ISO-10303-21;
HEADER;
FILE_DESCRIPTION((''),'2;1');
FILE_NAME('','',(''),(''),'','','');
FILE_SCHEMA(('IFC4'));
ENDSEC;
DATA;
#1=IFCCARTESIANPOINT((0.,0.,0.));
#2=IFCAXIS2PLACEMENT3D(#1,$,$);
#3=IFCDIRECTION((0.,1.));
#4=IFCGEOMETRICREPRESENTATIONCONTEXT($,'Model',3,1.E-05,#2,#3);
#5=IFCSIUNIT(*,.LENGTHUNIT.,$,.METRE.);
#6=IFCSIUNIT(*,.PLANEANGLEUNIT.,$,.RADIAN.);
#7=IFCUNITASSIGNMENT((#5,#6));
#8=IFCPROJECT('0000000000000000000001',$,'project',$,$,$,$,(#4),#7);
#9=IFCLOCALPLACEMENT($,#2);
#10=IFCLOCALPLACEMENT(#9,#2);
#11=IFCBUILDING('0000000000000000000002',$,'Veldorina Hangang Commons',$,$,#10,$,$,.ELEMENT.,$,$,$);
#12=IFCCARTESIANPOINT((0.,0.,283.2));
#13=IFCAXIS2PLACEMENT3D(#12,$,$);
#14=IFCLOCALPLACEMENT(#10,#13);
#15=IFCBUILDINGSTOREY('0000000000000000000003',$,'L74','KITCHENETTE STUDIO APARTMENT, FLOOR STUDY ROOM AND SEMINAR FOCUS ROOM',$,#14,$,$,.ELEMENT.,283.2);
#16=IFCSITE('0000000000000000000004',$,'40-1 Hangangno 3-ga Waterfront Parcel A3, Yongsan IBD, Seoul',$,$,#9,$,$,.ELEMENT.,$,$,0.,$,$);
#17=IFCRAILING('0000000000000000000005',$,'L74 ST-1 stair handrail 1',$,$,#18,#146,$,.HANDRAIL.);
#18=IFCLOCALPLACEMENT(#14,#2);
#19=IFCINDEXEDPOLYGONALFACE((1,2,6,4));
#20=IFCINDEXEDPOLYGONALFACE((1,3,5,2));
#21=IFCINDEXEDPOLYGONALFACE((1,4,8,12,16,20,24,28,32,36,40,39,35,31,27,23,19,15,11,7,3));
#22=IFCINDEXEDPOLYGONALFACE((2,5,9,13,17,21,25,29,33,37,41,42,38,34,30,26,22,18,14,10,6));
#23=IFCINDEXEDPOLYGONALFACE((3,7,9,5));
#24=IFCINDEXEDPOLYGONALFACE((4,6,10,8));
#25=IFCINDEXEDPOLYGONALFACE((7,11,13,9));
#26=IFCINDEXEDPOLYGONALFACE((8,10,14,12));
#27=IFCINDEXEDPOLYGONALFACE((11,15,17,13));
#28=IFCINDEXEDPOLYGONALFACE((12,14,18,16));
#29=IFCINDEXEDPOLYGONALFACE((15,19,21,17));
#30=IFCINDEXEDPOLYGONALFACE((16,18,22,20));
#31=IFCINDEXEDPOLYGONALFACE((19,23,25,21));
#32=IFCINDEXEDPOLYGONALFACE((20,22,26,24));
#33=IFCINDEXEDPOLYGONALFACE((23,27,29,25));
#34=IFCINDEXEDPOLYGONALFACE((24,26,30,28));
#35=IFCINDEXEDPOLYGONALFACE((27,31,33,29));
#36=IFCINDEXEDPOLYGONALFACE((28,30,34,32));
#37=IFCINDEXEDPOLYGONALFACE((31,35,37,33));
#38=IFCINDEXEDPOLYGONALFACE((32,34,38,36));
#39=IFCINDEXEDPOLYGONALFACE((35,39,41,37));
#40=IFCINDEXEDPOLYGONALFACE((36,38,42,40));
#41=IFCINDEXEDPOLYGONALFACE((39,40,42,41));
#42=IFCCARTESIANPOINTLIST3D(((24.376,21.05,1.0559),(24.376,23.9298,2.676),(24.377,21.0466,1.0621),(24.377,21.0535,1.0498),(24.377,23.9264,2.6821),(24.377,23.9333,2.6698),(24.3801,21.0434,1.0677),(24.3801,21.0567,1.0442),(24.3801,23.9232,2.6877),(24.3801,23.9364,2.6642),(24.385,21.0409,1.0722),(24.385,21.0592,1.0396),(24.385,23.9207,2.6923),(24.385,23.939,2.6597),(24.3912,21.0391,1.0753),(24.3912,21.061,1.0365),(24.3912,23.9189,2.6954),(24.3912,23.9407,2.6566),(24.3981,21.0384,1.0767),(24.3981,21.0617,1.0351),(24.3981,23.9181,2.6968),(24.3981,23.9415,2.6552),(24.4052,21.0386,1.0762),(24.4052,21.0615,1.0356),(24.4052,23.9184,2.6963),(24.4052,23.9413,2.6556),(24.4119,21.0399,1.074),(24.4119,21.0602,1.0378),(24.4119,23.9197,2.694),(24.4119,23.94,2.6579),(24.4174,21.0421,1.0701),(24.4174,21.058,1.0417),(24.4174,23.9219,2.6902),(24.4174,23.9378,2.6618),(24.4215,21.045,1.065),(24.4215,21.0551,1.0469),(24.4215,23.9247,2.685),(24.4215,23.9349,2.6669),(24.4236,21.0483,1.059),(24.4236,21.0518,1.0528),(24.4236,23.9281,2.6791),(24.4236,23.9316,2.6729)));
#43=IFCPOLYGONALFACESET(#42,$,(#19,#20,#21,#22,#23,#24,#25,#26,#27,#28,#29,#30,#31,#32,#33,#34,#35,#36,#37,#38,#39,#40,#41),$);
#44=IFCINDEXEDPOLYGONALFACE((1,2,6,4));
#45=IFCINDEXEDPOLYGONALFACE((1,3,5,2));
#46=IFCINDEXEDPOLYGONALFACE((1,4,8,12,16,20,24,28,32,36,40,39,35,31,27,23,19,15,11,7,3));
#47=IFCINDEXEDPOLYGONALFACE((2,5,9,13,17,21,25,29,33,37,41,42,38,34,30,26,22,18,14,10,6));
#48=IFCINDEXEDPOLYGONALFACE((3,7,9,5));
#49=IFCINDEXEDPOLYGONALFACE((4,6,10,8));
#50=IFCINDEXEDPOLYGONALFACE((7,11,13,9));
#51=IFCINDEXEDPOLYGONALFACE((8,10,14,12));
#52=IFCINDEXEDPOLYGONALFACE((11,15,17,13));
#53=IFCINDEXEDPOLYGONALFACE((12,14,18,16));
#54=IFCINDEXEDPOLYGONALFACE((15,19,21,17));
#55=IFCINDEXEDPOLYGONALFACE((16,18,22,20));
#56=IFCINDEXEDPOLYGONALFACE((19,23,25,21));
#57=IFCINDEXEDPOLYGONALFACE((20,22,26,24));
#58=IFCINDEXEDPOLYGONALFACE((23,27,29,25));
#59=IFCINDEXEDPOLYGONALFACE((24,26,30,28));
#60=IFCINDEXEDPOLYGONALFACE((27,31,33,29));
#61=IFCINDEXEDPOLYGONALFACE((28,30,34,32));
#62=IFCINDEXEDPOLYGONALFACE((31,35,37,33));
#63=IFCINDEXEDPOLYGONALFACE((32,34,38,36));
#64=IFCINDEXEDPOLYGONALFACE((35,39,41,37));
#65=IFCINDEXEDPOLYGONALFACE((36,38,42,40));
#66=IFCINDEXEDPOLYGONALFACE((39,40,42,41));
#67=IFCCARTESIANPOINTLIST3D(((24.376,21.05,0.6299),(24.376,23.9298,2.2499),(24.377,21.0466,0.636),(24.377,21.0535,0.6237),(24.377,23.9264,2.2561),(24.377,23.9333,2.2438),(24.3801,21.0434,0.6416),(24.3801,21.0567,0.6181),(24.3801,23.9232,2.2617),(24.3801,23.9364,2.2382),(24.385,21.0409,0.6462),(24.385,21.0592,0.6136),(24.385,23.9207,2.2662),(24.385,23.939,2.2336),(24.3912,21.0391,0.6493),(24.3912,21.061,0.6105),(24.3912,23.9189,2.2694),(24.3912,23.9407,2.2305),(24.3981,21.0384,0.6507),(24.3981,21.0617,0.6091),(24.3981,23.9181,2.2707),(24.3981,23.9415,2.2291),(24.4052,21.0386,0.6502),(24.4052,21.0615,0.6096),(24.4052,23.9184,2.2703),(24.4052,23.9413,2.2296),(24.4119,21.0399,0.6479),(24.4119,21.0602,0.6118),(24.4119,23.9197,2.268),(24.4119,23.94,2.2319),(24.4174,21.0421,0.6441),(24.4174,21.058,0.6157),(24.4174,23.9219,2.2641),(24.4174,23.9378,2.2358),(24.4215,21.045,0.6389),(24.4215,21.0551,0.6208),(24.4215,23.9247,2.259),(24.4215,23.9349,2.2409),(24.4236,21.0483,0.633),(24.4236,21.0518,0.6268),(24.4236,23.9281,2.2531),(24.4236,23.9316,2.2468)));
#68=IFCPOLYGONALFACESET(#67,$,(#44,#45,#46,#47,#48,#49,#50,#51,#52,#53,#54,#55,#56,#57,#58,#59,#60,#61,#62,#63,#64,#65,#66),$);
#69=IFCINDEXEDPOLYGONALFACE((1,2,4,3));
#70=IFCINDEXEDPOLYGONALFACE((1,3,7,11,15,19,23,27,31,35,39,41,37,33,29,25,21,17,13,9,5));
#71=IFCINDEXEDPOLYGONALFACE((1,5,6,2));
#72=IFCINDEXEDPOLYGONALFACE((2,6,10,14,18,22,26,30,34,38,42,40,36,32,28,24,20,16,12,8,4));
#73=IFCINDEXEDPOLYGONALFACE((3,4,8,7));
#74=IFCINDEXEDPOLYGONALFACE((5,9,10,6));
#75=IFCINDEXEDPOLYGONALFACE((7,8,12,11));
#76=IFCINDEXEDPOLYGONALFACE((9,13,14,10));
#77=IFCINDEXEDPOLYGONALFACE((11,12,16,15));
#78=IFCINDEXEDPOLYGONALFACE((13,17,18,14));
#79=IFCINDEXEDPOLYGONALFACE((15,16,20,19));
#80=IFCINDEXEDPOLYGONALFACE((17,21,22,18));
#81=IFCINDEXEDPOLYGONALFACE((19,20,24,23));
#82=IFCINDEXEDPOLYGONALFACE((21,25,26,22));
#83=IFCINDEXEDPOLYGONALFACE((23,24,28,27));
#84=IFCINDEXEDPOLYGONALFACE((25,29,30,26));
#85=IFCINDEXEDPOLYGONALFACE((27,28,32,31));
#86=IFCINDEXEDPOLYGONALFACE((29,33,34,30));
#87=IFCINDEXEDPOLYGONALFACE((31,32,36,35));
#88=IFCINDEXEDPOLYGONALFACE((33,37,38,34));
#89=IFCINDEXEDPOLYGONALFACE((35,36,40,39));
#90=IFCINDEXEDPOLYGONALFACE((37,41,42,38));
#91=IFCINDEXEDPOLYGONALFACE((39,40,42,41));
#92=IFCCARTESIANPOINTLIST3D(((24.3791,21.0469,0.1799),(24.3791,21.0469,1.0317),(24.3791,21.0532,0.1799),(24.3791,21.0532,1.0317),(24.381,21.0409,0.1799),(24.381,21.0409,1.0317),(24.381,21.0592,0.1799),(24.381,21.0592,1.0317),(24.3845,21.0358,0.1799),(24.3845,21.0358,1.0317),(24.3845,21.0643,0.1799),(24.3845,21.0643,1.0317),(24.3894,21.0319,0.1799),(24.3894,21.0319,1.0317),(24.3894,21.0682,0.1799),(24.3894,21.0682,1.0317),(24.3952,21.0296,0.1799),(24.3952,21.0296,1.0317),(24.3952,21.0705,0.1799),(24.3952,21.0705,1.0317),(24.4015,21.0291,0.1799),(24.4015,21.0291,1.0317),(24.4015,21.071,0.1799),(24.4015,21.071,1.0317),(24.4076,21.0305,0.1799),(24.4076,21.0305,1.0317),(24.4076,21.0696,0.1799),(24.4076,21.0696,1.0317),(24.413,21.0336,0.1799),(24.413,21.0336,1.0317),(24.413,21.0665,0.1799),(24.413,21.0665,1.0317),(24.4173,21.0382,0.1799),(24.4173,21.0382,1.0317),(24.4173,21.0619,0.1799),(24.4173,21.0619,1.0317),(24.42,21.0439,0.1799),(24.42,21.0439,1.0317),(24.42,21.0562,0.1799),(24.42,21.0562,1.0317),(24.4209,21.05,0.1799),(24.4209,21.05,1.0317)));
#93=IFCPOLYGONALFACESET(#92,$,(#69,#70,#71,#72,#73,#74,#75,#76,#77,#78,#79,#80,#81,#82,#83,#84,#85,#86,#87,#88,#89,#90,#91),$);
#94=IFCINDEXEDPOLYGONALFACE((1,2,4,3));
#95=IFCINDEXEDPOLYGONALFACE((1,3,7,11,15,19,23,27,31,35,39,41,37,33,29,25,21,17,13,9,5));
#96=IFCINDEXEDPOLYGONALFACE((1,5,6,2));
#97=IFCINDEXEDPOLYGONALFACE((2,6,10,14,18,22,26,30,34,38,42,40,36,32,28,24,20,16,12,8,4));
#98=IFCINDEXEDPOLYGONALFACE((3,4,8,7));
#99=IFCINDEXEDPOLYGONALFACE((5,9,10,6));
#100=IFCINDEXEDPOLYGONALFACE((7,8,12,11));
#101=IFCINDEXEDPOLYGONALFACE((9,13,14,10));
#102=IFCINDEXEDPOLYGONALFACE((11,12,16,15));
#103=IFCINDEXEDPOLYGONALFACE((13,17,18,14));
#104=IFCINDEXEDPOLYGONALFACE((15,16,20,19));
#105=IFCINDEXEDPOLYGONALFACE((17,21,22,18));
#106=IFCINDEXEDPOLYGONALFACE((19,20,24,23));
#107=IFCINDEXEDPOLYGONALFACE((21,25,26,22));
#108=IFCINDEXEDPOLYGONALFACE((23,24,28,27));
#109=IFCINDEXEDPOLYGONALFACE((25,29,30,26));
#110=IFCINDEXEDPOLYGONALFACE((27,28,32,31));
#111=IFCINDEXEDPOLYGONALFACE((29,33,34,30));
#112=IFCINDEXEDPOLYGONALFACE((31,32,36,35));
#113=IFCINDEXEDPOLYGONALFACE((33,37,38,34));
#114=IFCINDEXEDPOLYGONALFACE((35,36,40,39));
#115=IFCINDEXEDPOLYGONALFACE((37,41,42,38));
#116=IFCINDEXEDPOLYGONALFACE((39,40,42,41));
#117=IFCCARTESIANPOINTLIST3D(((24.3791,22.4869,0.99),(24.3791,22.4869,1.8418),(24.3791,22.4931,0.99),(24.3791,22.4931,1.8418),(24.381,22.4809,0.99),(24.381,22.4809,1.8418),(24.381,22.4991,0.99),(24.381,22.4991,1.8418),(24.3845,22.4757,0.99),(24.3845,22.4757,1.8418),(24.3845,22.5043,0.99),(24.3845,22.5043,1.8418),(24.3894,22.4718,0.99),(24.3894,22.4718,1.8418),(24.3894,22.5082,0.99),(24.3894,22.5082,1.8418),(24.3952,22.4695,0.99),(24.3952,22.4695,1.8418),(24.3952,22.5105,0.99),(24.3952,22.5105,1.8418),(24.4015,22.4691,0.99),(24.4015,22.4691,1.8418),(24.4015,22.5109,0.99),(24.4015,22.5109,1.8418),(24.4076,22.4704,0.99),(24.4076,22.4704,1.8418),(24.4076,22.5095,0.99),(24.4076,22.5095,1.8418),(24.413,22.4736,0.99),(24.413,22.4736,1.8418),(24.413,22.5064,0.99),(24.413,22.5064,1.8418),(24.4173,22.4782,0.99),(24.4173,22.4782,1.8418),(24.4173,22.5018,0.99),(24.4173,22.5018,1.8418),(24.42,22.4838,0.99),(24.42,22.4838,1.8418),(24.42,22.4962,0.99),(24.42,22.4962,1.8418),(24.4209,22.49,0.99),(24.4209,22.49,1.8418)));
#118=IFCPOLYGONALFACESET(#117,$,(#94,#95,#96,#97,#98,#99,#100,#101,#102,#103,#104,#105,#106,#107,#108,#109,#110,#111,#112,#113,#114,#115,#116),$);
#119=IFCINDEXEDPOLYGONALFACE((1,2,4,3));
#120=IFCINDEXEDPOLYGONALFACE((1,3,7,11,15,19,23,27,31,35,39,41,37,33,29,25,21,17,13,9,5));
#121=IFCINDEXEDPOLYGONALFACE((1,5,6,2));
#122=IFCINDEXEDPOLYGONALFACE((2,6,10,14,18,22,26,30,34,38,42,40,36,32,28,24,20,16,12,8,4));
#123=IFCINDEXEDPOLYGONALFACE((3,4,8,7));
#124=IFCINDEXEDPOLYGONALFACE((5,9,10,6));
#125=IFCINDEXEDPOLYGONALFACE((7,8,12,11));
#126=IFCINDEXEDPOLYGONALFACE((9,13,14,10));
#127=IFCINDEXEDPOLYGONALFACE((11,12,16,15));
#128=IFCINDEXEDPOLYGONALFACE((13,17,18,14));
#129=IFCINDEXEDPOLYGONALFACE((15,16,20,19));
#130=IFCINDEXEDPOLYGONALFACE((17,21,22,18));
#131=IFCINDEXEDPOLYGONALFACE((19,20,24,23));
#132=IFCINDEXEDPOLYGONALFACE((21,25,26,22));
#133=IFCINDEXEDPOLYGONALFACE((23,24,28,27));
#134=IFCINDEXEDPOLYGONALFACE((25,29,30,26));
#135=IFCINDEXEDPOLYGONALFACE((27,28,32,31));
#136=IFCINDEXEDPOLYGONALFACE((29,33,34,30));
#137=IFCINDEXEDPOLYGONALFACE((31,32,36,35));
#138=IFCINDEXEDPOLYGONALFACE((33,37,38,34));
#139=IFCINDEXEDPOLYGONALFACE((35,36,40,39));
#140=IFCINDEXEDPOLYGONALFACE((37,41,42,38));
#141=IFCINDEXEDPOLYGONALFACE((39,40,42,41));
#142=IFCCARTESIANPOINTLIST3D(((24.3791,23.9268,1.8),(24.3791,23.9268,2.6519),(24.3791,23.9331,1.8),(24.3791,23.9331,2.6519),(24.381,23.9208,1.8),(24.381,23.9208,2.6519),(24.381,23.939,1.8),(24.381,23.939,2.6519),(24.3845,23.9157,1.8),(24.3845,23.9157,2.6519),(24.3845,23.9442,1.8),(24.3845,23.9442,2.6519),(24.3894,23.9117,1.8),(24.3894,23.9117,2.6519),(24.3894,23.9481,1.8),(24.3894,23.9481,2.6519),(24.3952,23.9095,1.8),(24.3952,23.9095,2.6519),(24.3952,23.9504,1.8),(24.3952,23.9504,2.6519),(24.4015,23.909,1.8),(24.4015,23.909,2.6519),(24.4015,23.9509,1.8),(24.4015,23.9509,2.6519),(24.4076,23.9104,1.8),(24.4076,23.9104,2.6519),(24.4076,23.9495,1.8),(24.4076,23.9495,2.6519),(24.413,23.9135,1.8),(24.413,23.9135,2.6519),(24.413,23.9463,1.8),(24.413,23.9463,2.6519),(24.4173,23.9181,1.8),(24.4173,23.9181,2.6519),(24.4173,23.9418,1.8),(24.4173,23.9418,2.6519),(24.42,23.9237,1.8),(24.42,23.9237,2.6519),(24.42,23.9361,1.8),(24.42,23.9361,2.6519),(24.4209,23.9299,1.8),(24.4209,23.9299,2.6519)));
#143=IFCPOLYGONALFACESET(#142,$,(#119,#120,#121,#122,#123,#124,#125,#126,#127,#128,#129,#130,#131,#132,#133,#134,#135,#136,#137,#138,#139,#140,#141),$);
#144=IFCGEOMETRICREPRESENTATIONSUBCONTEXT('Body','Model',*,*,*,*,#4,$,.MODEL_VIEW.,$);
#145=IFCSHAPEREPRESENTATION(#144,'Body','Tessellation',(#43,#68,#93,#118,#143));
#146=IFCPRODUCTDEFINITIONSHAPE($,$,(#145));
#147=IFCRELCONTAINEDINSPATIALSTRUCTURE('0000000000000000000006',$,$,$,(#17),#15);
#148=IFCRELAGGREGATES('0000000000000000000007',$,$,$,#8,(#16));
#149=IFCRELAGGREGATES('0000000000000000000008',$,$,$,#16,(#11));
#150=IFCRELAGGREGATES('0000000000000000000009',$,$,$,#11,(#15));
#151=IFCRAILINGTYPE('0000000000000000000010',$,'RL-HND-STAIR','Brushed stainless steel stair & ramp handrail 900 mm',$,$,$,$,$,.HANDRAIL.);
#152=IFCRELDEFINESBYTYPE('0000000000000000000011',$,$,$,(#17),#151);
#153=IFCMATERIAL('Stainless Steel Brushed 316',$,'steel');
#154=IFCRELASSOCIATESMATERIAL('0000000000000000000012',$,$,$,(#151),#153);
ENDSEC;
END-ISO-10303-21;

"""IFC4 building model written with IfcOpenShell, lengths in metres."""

from ifc_helpers import new_model, si_unit, direction, frame, origin, origin_2d, place, context, subcontext, project, spatial, circle, extrude, material, type_object, element, save


model = new_model("IFC4")

# Units and contexts
model_context = context("Model", 3, precision=1e-05, world=origin(), true_north=direction((0.0, 1.0)))
body_context = subcontext(model_context, "Body", "Model", "MODEL_VIEW")
ifc_project = project(units=[si_unit("LENGTHUNIT", "METRE"), si_unit("PLANEANGLEUNIT", "RADIAN")], contexts=[model_context])

# Site, building, storey
site_placement = place(None, origin())
site = spatial("IfcSite", under=ifc_project, at=site_placement, Name="40-1 Hangangno 3-ga Waterfront Parcel A3, Yongsan IBD, Seoul", CompositionType="ELEMENT", RefElevation=0.0)
building_placement = place(site_placement, origin())
building = spatial("IfcBuilding", under=site, at=building_placement, Name="Veldorina Hangang Commons", CompositionType="ELEMENT")
storey_placement = place(building_placement, frame((0.0, 0.0, 283.2)))
storey = spatial("IfcBuildingStorey", under=building, at=storey_placement, Name="L74", Description="KITCHENETTE STUDIO APARTMENT, FLOOR STUDY ROOM AND SEMINAR FOCUS ROOM", CompositionType="ELEMENT", Elevation=283.2)

# Railing
ifc_material_1 = material(Name="Stainless Steel Brushed 316", Category="steel")
railing_type_1 = type_object("IfcRailingType", Name="RL-HND-STAIR", Description="Brushed stainless steel stair & ramp handrail 900 mm", PredefinedType="HANDRAIL", material=ifc_material_1)
railing_1_placement = place(storey_placement, frame((24.3999, 21.05, 0.1799)))
element("IfcRailing", 1, at=railing_1_placement, inside=storey, type_object=railing_type_1, Name="L74 ST-1 stair handrail 1", PredefinedType="HANDRAIL", context=body_context, shape_type="SweptSolid", body=[
    extrude(circle(Radius=0.0239, at=origin_2d()), frame((0.0, 0.0, 0.876), z_axis=(0.0, 0.871552, 0.490303), x_axis=(-1.0, 0.0, 0.0)), (0.0, 0.0, 1.0), 3.3042),
    extrude(circle(Radius=0.0239, at=origin_2d()), frame((0.0, 0.0, 0.45), z_axis=(0.0, 0.871552, 0.490303), x_axis=(-1.0, 0.0, 0.0)), (0.0, 0.0, 1.0), 3.3042),
    extrude(circle(Radius=0.021, at=origin_2d()), origin(), (0.0, 0.0, 1.0), 0.8518),
    extrude(circle(Radius=0.021, at=origin_2d()), frame((0.0, 1.4399, 0.8101)), (0.0, 0.0, 1.0), 0.8518),
    extrude(circle(Radius=0.021, at=origin_2d()), frame((0.0, 2.8799, 1.6201)), (0.0, 0.0, 1.0), 0.8518),
])

save(model, "model.ifc")
